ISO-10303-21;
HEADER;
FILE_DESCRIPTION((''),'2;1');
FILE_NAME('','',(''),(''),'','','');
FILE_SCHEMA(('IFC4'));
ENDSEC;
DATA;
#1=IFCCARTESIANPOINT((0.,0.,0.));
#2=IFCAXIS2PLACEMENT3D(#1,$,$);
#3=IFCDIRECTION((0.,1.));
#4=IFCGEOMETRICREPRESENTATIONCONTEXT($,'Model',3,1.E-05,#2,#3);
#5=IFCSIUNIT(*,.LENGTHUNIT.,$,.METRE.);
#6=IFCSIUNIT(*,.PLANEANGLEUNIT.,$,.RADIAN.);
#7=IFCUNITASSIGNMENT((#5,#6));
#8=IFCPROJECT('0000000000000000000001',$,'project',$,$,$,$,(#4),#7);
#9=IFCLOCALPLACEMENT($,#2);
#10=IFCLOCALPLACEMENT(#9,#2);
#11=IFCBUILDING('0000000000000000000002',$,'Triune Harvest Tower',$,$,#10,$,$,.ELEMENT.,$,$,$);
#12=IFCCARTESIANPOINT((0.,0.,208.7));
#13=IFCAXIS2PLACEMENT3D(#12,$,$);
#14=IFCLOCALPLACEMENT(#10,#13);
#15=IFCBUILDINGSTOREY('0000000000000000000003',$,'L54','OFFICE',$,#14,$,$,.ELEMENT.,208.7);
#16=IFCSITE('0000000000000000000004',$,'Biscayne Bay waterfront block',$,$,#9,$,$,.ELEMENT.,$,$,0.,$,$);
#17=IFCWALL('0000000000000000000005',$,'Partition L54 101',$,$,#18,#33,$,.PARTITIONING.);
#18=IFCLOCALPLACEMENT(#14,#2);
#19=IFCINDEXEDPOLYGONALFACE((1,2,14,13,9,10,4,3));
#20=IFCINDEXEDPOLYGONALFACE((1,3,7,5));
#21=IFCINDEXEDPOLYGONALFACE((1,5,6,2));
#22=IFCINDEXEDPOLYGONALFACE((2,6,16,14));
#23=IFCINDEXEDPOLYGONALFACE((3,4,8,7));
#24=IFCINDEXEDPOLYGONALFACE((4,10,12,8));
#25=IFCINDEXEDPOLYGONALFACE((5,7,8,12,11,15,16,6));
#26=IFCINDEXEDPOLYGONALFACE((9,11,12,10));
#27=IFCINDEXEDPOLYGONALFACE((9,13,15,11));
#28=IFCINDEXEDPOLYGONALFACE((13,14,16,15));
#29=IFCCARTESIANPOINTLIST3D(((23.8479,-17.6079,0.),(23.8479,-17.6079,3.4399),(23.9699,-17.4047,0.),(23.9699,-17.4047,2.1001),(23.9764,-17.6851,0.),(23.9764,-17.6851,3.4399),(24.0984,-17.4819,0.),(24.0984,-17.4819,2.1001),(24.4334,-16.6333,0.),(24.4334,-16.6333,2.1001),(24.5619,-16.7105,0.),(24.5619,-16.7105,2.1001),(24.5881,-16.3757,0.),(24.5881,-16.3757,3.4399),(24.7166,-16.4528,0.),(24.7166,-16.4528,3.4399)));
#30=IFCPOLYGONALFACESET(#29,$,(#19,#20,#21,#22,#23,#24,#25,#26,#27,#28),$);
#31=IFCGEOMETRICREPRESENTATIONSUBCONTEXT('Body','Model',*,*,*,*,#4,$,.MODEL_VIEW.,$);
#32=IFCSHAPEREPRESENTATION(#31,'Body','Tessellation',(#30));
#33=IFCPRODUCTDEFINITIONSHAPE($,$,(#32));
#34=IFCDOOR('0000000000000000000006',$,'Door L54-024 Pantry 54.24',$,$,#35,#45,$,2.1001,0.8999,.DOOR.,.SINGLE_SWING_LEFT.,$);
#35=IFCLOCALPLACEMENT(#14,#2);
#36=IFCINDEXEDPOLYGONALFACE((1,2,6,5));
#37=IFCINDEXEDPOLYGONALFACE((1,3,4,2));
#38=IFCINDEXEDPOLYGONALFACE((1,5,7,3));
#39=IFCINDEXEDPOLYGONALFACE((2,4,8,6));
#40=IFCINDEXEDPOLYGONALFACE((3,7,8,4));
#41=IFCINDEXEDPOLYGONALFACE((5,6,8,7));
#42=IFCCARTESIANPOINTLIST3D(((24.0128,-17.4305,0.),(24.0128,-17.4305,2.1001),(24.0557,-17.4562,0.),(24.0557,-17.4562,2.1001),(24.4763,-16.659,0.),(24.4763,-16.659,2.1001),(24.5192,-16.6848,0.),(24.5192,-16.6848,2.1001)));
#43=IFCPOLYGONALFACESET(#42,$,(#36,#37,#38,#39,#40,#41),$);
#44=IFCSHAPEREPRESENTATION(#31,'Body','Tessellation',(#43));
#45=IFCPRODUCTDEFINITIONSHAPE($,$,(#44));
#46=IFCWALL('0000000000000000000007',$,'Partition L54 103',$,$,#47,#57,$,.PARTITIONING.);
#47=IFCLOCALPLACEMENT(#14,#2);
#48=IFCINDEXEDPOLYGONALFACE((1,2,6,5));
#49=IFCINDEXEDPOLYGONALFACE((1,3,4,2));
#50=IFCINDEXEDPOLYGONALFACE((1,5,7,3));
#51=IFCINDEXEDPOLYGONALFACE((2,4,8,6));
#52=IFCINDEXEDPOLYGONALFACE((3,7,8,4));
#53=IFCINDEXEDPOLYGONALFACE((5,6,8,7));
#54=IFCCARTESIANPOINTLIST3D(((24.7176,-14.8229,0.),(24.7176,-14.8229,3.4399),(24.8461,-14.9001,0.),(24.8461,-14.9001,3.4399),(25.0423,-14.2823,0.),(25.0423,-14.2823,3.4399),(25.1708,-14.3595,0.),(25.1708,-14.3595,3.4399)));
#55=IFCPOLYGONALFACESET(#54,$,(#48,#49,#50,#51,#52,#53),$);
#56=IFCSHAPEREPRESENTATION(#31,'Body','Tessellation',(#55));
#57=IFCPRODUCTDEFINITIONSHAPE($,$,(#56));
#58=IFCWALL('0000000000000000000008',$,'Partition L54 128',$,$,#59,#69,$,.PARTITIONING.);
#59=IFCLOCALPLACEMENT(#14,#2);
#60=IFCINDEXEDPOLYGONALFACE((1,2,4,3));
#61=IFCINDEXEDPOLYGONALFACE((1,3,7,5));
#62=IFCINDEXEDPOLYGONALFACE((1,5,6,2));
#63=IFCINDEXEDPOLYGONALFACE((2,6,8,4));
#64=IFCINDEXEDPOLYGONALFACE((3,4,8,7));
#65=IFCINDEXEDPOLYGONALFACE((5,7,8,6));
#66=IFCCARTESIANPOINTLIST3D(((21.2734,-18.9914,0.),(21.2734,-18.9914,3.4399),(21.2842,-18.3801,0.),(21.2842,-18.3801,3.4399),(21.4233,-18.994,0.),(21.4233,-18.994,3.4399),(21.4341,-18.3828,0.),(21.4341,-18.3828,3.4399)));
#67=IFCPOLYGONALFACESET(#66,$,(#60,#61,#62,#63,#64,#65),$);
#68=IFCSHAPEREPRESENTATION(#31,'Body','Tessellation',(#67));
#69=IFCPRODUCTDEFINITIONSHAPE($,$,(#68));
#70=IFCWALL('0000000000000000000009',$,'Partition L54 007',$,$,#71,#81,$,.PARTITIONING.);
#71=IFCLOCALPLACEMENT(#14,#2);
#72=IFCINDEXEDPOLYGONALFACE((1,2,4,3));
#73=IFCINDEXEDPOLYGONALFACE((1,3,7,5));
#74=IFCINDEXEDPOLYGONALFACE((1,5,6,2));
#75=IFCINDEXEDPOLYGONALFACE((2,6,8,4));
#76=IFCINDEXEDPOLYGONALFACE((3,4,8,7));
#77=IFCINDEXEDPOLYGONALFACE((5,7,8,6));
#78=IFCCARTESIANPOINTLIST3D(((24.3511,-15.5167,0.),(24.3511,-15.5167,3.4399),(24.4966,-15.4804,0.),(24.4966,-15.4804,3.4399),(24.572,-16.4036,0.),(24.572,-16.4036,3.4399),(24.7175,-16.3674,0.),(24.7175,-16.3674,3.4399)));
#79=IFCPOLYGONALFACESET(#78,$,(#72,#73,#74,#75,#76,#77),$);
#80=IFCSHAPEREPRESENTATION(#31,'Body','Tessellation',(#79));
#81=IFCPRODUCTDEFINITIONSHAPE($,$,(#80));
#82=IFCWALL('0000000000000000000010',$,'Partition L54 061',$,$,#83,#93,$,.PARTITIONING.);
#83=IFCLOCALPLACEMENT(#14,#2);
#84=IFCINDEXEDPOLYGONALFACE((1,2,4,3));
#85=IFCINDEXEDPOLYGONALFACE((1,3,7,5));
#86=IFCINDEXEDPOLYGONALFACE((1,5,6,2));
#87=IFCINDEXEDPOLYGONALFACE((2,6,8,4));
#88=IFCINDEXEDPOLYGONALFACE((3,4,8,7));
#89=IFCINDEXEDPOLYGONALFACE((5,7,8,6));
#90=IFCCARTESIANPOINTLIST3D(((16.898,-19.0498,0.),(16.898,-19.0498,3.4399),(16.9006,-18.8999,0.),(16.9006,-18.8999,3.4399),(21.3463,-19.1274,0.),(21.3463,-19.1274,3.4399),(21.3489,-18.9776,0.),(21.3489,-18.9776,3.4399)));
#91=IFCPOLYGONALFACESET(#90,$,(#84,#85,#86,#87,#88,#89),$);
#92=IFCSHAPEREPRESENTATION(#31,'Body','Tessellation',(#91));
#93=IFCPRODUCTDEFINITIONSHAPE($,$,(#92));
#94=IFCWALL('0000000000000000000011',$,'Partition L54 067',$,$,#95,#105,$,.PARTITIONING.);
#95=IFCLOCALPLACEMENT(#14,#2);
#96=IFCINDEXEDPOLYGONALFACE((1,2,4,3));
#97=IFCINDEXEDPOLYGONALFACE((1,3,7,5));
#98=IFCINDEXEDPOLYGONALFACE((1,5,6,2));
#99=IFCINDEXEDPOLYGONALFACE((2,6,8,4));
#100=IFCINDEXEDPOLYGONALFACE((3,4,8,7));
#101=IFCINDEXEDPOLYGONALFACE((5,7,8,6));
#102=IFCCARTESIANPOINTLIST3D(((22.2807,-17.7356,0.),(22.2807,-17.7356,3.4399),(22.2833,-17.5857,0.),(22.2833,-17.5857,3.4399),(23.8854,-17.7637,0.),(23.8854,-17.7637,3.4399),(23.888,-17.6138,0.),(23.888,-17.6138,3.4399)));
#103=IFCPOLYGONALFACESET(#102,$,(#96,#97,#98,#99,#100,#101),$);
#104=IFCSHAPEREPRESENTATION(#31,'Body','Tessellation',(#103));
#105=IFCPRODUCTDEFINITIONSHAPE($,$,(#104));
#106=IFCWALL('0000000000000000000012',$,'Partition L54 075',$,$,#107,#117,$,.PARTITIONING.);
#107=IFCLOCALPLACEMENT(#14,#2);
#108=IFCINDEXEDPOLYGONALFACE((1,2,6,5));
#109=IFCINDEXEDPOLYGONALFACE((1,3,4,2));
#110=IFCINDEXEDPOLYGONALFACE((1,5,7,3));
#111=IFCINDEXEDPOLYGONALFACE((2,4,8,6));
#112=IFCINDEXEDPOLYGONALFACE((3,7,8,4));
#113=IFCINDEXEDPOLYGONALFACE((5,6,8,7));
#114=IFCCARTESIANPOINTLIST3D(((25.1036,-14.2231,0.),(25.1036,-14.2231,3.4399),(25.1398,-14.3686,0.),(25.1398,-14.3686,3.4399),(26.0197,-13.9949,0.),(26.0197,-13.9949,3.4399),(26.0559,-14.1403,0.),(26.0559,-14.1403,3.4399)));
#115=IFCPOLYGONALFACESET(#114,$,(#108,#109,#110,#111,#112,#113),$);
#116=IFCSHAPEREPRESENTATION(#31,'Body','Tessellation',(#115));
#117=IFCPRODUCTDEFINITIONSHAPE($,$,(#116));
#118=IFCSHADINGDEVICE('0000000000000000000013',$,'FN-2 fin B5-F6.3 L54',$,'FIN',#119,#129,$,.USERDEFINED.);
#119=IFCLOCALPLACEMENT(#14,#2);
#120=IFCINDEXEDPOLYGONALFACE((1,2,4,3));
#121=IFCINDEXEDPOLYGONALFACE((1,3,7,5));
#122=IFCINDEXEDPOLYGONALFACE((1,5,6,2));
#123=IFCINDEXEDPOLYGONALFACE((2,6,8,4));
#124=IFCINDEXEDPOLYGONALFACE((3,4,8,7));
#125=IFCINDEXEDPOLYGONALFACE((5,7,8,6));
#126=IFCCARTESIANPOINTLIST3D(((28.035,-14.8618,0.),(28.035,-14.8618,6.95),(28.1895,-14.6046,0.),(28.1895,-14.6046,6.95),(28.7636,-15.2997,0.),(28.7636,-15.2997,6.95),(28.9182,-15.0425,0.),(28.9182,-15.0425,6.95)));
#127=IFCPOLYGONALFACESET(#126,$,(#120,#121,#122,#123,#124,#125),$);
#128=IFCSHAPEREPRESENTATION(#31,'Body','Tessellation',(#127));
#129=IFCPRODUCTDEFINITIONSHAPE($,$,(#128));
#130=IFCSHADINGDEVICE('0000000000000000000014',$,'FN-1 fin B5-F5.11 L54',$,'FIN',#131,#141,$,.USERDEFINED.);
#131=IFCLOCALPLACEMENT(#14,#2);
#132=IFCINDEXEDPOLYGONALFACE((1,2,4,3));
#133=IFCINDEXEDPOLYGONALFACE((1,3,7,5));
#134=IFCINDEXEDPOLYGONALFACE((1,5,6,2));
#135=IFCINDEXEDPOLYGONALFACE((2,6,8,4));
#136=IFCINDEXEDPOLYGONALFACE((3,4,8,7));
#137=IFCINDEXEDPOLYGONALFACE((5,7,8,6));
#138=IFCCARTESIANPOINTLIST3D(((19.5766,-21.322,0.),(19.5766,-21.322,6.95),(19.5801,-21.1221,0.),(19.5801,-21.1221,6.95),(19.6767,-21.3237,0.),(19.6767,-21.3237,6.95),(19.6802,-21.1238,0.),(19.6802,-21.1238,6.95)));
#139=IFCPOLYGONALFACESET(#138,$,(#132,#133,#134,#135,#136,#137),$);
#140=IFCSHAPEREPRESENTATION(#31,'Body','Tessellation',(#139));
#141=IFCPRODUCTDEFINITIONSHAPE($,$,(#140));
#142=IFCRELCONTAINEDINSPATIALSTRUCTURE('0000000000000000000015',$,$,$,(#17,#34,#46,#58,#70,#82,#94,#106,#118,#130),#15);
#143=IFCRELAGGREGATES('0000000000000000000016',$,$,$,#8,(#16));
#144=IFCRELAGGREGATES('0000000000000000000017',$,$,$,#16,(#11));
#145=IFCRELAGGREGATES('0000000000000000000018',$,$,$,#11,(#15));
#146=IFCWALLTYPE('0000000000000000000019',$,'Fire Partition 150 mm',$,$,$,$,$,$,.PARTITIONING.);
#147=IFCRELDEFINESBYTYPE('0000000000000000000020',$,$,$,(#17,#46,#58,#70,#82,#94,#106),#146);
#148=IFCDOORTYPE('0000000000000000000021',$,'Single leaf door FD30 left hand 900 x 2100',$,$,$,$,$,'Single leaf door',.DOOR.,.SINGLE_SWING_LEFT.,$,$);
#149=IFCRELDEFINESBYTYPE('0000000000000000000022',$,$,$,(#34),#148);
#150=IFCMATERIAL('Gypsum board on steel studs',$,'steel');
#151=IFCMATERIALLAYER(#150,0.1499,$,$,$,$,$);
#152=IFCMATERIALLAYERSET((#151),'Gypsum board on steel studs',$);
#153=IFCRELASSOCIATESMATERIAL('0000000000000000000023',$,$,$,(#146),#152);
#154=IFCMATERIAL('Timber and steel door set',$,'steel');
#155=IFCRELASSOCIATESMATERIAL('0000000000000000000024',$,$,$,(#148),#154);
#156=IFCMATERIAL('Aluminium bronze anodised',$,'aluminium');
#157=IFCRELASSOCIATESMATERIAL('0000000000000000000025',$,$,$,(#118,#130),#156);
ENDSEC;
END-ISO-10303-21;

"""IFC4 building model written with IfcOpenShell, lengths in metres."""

from ifc_helpers import new_model, si_unit, direction, frame, frame_2d, origin, origin_2d, place, context, subcontext, project, spatial, rectangle, extrude, source, transform, mapped, material, layer, layer_set, type_object, element, fill, save


model = new_model("IFC4")

# Units and contexts
model_context = context("Model", 3, precision=1e-05, world=origin(), true_north=direction((0.0, 1.0)))
body_context = subcontext(model_context, "Body", "Model", "MODEL_VIEW")
ifc_project = project(units=[si_unit("LENGTHUNIT", "METRE"), si_unit("PLANEANGLEUNIT", "RADIAN")], contexts=[model_context])

# Site, building, storey
site_placement = place(None, origin())
site = spatial("IfcSite", under=ifc_project, at=site_placement, Name="Biscayne Bay waterfront block", CompositionType="ELEMENT", RefElevation=0.0)
building_placement = place(site_placement, origin())
building = spatial("IfcBuilding", under=site, at=building_placement, Name="Triune Harvest Tower", CompositionType="ELEMENT")
storey_placement = place(building_placement, frame((0.0, 0.0, 208.7)))
storey = spatial("IfcBuildingStorey", under=building, at=storey_placement, Name="L54", Description="OFFICE", CompositionType="ELEMENT", Elevation=208.7)

# Shared definitions
ifc_material_1 = material(Name="Gypsum board on steel studs", Category="steel")
ifc_layer_1 = layer(ifc_material_1, 0.1499)
ifc_layer_set_1 = layer_set([ifc_layer_1], Name="Gypsum board on steel studs")
wall_type = type_object("IfcWallType", Name="Fire Partition 150 mm", PredefinedType="PARTITIONING", material=ifc_layer_set_1)

# Wall, opening, door
wall_1_placement = place(storey_placement, frame((23.9121, -17.6465, 0.0), z_axis=(0.0, 0.0, 1.0), x_axis=(0.51497, 0.857208, 0.0)))
wall_1 = element("IfcWall", 1, at=wall_1_placement, inside=storey, type_object=wall_type, Name="Partition L54 101", PredefinedType="PARTITIONING", context=body_context, shape_type="SweptSolid", body=[
    extrude(rectangle(XDim=1.4375, YDim=0.1499, at=frame_2d((0.7188, 0.0))), origin(), (0.0, 0.0, 1.0), 3.4399),
])
opening_placement = place(wall_1_placement, frame((0.2371, 0.0, 0.0)))
opening = element("IfcOpeningElement", 2, at=opening_placement, cuts=wall_1, PredefinedType="OPENING", context=body_context, shape_type="SweptSolid", body=[
    extrude(rectangle(XDim=0.8999, YDim=2.1001, at=frame_2d((0.45, 1.05))), frame((0.0, 0.085, 0.0), z_axis=(0.0, -1.0, 0.0), x_axis=(1.0, 0.0, 0.0)), (0.0, 0.0, 1.0), 0.1699),
])
ifc_material_2 = material(Name="Timber and steel door set", Category="steel")
door_type = type_object("IfcDoorType", Name="Single leaf door FD30 left hand 900 x 2100", ElementType="Single leaf door", OperationType="SINGLE_SWING_LEFT", PredefinedType="DOOR", material=ifc_material_2)
door_placement = place(opening_placement, origin())
door = element("IfcDoor", 3, at=door_placement, inside=storey, type_object=door_type, Name="Door L54-024 Pantry 54.24", OperationType="SINGLE_SWING_LEFT", OverallHeight=2.1001, OverallWidth=0.8999, PredefinedType="DOOR", context=body_context, shape_type="SweptSolid", body=[
    extrude(rectangle(XDim=0.8999, YDim=2.1001, at=frame_2d((0.45, 1.05))), frame((0.0, 0.0249, 0.0), z_axis=(0.0, -1.0, 0.0), x_axis=(1.0, 0.0, 0.0)), (0.0, 0.0, 1.0), 0.05),
])
fill(opening, door)

# Walls
wall_2_placement = place(storey_placement, frame((24.7817, -14.8616, 0.0), z_axis=(0.0, 0.0, 1.0), x_axis=(0.514951, 0.85722, 0.0)))
element("IfcWall", 4, at=wall_2_placement, inside=storey, type_object=wall_type, Name="Partition L54 103", PredefinedType="PARTITIONING", context=body_context, shape_type="SweptSolid", body=[
    extrude(rectangle(XDim=0.6306, YDim=0.1499, at=frame_2d((0.3154, 0.0))), origin(), (0.0, 0.0, 1.0), 3.4399),
])
wall_3_placement = place(storey_placement, frame((21.3484, -18.9927, 0.0), z_axis=(0.0, 0.0, 1.0), x_axis=(0.017569, 0.999846, 0.0)))
element("IfcWall", 5, at=wall_3_placement, inside=storey, type_object=wall_type, Name="Partition L54 128", PredefinedType="PARTITIONING", context=body_context, shape_type="SweptSolid", body=[
    extrude(rectangle(XDim=0.6113, YDim=0.1499, at=frame_2d((0.3057, 0.0))), origin(), (0.0, 0.0, 1.0), 3.4399),
])
shared_shape_1 = source(origin(), body_context, "Body", "SweptSolid", [
    extrude(rectangle(XDim=0.9141, YDim=0.1499, at=frame_2d((0.457, 0.0))), origin(), (0.0, 0.0, 1.0), 3.4399),
])
wall_4_placement = place(storey_placement, frame((24.4238, -15.4985, 0.0), z_axis=(0.0, 0.0, 1.0), x_axis=(0.241719, -0.970346, 0.0)))
element("IfcWall", 6, at=wall_4_placement, inside=storey, type_object=wall_type, Name="Partition L54 007", PredefinedType="PARTITIONING", context=body_context, shape_type="MappedRepresentation", body=[
    mapped(shared_shape_1, transform((0.0, 0.0, 0.0), scale=1.0)),
])
shared_shape_2 = source(origin(), body_context, "Body", "SweptSolid", [
    extrude(rectangle(XDim=4.449, YDim=0.1499, at=frame_2d((2.2246, 0.0))), origin(), (0.0, 0.0, 1.0), 3.4399),
])
wall_5_placement = place(storey_placement, frame((16.8992, -18.9749, 0.0), z_axis=(0.0, 0.0, 1.0), x_axis=(0.999848, -0.017451, 0.0)))
element("IfcWall", 7, at=wall_5_placement, inside=storey, type_object=wall_type, Name="Partition L54 061", PredefinedType="PARTITIONING", context=body_context, shape_type="MappedRepresentation", body=[
    mapped(shared_shape_2, transform((0.0, 0.0, 0.0), scale=1.0)),
])
shared_shape_3 = source(origin(), body_context, "Body", "SweptSolid", [
    extrude(rectangle(XDim=1.605, YDim=0.1499, at=frame_2d((0.8025, 0.0))), origin(), (0.0, 0.0, 1.0), 3.4399),
])
wall_6_placement = place(storey_placement, frame((22.282, -17.6606, 0.0), z_axis=(0.0, 0.0, 1.0), x_axis=(0.999847, -0.017493, 0.0)))
element("IfcWall", 8, at=wall_6_placement, inside=storey, type_object=wall_type, Name="Partition L54 067", PredefinedType="PARTITIONING", context=body_context, shape_type="MappedRepresentation", body=[
    mapped(shared_shape_3, transform((0.0, 0.0, 0.0), scale=1.0)),
])
shared_shape_4 = source(origin(), body_context, "Body", "SweptSolid", [
    extrude(rectangle(XDim=0.9441, YDim=0.1499, at=frame_2d((0.4722, 0.0))), origin(), (0.0, 0.0, 1.0), 3.4399),
])
wall_7_placement = place(storey_placement, frame((25.1216, -14.2959, 0.0), z_axis=(0.0, 0.0, 1.0), x_axis=(0.970325, 0.241805, 0.0)))
element("IfcWall", 9, at=wall_7_placement, inside=storey, type_object=wall_type, Name="Partition L54 075", PredefinedType="PARTITIONING", context=body_context, shape_type="MappedRepresentation", body=[
    mapped(shared_shape_4, transform((0.0, 0.0, 0.0), scale=1.0)),
])

# Shading devices
ifc_material_3 = material(Name="Aluminium bronze anodised", Category="aluminium")
shared_shape_5 = source(origin(), body_context, "Body", "SweptSolid", [
    extrude(rectangle(XDim=0.3, YDim=0.8501, at=origin_2d()), origin(), (0.0, 0.0, 1.0), 6.95),
])
shading_device_1_placement = place(storey_placement, frame((28.4766, -14.9521, 0.0), z_axis=(0.0, 0.0, 1.0), x_axis=(0.515037, 0.857168, 0.0)))
element("IfcShadingDevice", 10, at=shading_device_1_placement, inside=storey, material=ifc_material_3, Name="FN-2 fin B5-F6.3 L54", ObjectType="FIN", PredefinedType="USERDEFINED", context=body_context, shape_type="MappedRepresentation", body=[
    mapped(shared_shape_5, transform((0.0, 0.0, 0.0), scale=1.0)),
])
shared_shape_6 = source(origin(), body_context, "Body", "SweptSolid", [
    extrude(rectangle(XDim=0.1001, YDim=0.2, at=origin_2d()), origin(), (0.0, 0.0, 1.0), 6.95),
])
shading_device_2_placement = place(storey_placement, frame((19.6284, -21.2229, 0.0), z_axis=(0.0, 0.0, 1.0), x_axis=(0.999848, -0.017452, 0.0)))
element("IfcShadingDevice", 11, at=shading_device_2_placement, inside=storey, material=ifc_material_3, Name="FN-1 fin B5-F5.11 L54", ObjectType="FIN", PredefinedType="USERDEFINED", context=body_context, shape_type="MappedRepresentation", body=[
    mapped(shared_shape_6, transform((0.0, 0.0, 0.0), scale=1.0)),
])

save(model, "model.ifc")
